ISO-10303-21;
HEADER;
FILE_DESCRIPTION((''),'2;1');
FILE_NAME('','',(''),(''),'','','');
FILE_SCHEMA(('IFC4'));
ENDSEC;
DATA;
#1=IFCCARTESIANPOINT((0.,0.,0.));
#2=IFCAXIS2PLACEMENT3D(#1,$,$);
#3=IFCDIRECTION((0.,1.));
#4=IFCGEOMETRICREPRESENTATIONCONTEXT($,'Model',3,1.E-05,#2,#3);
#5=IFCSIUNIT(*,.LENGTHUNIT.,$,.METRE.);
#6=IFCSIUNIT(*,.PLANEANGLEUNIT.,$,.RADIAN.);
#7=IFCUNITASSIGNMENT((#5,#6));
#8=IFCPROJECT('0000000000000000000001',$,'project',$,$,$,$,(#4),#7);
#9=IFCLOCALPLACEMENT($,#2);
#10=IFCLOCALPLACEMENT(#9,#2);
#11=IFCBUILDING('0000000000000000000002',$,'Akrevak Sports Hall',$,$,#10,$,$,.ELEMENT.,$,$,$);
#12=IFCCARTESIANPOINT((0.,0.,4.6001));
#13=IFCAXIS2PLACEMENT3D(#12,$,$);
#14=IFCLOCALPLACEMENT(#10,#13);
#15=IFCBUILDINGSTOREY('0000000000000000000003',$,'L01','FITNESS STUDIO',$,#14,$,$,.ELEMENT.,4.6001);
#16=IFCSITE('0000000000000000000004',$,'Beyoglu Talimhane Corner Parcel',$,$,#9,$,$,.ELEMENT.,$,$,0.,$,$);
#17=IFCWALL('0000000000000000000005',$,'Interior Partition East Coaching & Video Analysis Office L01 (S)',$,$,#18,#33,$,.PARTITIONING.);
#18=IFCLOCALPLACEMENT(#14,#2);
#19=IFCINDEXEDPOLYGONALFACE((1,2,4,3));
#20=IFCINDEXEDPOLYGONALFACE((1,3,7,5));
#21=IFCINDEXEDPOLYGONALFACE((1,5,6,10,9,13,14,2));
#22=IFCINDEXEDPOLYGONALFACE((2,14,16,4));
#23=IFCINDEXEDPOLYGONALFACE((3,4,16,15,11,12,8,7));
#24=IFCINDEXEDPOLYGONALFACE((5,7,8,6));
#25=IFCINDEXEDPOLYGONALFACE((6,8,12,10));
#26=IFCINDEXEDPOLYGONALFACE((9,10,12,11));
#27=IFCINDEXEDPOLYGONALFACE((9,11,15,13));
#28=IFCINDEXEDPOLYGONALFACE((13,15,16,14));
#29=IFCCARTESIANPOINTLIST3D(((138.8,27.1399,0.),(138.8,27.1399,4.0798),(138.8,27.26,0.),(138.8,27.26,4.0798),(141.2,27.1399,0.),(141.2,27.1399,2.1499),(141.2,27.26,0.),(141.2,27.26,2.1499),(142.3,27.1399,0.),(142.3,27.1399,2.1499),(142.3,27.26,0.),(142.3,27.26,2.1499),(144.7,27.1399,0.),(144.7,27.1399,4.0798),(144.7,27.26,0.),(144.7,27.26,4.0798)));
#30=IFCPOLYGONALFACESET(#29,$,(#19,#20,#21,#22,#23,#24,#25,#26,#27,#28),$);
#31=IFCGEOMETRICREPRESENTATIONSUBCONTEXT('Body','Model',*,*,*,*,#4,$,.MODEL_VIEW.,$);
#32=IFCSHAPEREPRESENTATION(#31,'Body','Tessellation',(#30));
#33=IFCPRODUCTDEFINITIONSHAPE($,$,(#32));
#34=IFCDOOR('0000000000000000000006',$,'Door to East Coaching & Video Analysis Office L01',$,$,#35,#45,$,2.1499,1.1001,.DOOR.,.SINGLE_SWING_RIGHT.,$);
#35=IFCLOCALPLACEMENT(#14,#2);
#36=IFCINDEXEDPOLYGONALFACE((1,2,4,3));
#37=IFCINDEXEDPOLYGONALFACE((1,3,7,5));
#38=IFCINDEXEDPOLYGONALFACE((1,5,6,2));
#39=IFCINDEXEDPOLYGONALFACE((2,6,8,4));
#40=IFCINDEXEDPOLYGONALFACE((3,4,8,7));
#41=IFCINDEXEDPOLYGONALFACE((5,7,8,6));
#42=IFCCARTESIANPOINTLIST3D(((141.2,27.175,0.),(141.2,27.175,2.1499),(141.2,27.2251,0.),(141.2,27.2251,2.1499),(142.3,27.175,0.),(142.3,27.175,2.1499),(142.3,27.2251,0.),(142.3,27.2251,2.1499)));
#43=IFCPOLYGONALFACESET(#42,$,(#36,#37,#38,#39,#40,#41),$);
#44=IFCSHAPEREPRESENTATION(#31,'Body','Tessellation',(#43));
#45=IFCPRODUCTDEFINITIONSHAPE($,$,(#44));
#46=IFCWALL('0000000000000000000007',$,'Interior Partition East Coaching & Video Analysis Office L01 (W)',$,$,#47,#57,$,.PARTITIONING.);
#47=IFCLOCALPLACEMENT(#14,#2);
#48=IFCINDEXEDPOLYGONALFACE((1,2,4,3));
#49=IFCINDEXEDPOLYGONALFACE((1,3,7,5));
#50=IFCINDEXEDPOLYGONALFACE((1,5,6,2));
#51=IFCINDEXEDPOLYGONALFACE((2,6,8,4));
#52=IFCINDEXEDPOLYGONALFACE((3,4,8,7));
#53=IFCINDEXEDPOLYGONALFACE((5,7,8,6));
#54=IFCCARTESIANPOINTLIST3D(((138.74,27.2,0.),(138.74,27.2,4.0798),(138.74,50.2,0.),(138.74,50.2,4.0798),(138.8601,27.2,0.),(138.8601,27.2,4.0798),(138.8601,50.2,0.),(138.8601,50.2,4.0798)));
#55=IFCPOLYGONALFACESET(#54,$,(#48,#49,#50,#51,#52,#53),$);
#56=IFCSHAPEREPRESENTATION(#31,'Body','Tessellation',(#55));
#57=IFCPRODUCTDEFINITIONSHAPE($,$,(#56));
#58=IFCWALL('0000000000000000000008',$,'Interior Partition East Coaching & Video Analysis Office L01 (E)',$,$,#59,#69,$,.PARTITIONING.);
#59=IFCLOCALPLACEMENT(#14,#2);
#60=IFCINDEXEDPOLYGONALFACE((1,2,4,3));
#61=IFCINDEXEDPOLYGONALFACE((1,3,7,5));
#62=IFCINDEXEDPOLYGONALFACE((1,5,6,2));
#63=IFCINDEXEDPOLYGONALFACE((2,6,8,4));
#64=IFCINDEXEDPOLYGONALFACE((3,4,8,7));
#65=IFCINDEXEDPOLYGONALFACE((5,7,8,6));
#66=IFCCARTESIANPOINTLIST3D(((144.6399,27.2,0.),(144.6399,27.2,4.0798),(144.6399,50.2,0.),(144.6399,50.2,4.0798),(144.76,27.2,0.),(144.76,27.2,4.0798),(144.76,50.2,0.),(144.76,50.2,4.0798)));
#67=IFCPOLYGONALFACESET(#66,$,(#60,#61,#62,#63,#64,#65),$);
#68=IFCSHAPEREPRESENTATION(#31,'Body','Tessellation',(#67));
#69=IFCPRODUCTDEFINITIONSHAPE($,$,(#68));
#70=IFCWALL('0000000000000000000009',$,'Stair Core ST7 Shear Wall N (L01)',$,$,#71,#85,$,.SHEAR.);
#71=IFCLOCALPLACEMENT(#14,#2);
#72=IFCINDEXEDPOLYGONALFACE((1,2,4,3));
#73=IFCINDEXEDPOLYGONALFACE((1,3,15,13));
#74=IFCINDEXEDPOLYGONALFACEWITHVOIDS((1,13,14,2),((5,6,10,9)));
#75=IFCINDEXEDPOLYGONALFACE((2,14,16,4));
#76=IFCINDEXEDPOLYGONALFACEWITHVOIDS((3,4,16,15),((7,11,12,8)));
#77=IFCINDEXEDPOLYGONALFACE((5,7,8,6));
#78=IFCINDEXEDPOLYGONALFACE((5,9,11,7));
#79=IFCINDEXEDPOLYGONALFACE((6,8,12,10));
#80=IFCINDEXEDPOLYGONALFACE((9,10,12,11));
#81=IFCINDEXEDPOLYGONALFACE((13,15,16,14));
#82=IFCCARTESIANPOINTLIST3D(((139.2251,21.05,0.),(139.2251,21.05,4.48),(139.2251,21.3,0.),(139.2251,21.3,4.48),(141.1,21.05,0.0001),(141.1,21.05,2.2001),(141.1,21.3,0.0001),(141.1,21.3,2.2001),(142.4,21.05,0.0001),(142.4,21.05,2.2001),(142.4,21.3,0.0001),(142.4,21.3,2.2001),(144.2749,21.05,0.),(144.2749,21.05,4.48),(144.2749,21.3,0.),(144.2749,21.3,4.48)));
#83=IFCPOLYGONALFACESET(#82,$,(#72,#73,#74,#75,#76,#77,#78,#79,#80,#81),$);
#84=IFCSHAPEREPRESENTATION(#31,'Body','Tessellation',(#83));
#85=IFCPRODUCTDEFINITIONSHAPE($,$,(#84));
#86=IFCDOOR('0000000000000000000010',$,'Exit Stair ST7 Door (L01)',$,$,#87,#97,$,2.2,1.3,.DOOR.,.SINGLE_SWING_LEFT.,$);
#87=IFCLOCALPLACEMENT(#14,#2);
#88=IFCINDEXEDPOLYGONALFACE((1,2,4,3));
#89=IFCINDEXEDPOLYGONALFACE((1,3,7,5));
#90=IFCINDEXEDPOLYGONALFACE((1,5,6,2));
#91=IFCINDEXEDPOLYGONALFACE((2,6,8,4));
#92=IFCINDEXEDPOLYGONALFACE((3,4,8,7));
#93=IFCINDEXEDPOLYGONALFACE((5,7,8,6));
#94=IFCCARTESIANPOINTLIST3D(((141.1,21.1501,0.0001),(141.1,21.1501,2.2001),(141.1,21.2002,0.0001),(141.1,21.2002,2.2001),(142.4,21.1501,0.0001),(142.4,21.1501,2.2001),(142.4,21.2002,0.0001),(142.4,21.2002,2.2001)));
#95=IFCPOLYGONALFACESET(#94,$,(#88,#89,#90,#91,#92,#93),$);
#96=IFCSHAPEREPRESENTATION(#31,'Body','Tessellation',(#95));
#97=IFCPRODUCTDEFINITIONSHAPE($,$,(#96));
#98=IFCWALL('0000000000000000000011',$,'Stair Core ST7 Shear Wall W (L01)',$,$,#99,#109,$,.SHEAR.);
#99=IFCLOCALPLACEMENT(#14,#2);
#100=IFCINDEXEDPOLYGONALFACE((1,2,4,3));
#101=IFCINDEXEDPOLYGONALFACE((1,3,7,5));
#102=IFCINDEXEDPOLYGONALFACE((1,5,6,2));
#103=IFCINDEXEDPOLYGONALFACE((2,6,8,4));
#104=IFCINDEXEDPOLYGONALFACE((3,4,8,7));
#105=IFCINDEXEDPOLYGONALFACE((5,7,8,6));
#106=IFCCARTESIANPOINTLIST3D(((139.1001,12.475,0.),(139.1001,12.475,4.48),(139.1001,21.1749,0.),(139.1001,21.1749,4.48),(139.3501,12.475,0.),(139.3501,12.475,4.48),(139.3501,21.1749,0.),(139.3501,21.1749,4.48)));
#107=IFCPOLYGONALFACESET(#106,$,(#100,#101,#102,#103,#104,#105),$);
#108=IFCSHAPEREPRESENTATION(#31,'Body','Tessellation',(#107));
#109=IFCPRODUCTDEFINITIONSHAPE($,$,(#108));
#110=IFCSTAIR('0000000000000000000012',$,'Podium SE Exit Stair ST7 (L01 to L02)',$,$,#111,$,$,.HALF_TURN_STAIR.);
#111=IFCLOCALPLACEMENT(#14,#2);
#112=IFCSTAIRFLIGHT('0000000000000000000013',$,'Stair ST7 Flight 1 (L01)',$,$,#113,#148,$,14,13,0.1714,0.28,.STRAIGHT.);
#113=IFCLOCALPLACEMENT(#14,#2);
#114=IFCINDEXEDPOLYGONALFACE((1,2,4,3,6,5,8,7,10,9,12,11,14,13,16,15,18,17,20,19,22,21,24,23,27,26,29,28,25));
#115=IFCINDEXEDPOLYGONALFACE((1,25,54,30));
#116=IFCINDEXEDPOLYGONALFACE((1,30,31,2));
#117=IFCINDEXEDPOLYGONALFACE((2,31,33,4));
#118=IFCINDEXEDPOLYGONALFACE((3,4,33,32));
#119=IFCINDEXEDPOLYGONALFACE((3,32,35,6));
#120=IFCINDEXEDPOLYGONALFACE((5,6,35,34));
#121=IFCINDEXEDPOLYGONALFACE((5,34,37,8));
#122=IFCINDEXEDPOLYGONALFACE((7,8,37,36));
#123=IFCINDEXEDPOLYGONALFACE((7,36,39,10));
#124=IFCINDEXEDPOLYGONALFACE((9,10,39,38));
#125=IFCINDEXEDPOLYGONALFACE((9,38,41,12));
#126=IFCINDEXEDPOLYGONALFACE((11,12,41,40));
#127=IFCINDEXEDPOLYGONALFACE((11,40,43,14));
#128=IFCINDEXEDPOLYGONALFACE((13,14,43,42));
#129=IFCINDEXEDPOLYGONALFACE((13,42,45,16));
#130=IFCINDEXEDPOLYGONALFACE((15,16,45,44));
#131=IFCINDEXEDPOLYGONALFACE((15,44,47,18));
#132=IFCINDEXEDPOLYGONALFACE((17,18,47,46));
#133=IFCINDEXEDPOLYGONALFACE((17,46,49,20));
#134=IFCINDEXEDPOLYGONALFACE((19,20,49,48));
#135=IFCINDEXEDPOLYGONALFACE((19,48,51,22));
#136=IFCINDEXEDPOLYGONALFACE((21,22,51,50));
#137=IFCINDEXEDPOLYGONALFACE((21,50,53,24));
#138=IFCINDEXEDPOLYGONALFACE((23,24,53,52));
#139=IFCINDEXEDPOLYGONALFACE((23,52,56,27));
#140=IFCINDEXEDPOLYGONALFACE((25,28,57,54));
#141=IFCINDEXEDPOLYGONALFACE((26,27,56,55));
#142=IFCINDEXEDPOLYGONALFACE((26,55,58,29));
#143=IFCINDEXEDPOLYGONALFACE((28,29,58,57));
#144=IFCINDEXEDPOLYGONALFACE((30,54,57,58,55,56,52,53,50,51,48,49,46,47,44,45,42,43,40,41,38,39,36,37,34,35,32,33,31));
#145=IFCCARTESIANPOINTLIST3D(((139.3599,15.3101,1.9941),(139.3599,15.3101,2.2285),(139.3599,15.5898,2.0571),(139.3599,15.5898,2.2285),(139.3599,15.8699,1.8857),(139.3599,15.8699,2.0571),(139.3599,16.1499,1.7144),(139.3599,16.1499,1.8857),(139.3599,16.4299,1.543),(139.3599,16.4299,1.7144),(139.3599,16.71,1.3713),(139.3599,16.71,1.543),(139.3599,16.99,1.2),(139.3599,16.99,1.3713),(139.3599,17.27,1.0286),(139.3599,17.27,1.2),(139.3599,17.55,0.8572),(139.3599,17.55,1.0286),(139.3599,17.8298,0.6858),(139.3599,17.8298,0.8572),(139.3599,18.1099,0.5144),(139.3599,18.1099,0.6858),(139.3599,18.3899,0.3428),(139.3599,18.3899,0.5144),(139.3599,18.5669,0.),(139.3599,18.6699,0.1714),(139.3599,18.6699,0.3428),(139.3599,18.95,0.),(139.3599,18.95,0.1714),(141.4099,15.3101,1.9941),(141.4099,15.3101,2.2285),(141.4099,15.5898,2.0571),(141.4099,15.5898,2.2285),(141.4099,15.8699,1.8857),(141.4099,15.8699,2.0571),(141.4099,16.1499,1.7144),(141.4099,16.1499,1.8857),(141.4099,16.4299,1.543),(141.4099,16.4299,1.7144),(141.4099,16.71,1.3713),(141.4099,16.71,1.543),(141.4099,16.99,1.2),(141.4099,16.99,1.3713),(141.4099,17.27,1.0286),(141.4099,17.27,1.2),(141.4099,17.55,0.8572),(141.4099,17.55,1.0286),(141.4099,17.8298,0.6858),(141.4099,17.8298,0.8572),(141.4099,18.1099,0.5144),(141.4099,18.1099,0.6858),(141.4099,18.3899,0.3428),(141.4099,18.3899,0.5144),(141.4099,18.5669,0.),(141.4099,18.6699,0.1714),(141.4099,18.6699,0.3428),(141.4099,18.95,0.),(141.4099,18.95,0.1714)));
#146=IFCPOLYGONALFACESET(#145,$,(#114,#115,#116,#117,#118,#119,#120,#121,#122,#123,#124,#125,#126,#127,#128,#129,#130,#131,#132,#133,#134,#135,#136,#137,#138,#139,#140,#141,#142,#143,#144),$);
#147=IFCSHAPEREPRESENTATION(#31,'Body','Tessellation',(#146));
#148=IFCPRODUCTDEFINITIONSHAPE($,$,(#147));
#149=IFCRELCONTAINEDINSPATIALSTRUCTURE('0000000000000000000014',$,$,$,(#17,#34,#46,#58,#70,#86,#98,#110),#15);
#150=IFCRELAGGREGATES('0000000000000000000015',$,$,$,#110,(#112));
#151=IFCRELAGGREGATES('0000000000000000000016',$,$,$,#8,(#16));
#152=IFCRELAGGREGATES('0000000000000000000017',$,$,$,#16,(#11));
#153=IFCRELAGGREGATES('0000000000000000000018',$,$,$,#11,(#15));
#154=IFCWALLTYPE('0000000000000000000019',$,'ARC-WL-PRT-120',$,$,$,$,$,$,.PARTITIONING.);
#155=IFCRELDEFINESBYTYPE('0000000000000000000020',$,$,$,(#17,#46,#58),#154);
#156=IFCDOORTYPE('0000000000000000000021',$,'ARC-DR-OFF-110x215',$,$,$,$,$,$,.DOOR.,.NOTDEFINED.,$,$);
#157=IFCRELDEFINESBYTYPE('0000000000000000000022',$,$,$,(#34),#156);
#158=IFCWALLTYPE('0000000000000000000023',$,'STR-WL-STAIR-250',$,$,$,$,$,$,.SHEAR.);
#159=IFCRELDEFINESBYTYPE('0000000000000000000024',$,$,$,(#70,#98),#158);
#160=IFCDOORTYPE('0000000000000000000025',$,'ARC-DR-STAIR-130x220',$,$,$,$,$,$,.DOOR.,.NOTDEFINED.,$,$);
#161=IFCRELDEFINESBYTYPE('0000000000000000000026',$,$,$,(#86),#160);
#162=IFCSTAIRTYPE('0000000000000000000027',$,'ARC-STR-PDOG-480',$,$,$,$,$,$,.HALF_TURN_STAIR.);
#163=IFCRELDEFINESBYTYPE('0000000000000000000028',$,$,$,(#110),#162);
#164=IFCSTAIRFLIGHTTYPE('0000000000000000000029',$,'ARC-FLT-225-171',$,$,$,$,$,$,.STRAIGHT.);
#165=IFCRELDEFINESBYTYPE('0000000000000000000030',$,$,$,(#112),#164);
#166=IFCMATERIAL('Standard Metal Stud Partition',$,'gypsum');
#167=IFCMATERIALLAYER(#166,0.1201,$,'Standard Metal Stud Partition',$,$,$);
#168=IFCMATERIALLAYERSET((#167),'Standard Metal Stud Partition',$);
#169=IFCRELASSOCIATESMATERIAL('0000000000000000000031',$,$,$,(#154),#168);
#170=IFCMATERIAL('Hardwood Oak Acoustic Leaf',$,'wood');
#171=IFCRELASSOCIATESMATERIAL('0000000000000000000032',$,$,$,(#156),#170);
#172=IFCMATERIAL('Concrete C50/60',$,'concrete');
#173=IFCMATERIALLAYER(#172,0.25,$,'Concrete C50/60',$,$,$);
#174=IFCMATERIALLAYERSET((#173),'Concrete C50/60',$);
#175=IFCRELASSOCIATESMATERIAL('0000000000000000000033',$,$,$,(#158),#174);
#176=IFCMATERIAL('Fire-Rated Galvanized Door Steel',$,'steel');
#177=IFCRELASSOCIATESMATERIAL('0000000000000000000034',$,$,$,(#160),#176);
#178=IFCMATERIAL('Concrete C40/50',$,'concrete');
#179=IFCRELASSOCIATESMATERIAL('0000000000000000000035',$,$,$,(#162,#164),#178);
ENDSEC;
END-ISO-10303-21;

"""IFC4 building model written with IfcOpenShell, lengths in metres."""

from ifc_helpers import new_model, si_unit, direction, frame, frame_2d, origin, place, context, subcontext, project, spatial, polyline, rectangle, outline, extrude, material, layer, layer_set, type_object, element, fill, aggregate, save


model = new_model("IFC4")

# Units and contexts
model_context = context("Model", 3, precision=1e-05, world=origin(), true_north=direction((0.0, 1.0)))
body_context = subcontext(model_context, "Body", "Model", "MODEL_VIEW")
ifc_project = project(units=[si_unit("LENGTHUNIT", "METRE"), si_unit("PLANEANGLEUNIT", "RADIAN")], contexts=[model_context])

# Site, building, storey
site_placement = place(None, origin())
site = spatial("IfcSite", under=ifc_project, at=site_placement, Name="Beyoglu Talimhane Corner Parcel", CompositionType="ELEMENT", RefElevation=0.0)
building_placement = place(site_placement, origin())
building = spatial("IfcBuilding", under=site, at=building_placement, Name="Akrevak Sports Hall", CompositionType="ELEMENT")
storey_placement = place(building_placement, frame((0.0, 0.0, 4.6001)))
storey = spatial("IfcBuildingStorey", under=building, at=storey_placement, Name="L01", Description="FITNESS STUDIO", CompositionType="ELEMENT", Elevation=4.6001)

# Shared definitions
ifc_material_1 = material(Name="Concrete C40/50", Category="concrete")

# Shared definitions
ifc_material_2 = material(Name="Concrete C50/60", Category="concrete")

# Shared definitions
ifc_material_3 = material(Name="Hardwood Oak Acoustic Leaf", Category="wood")

# Wall, opening, door
ifc_material_4 = material(Name="Standard Metal Stud Partition", Category="gypsum")
ifc_layer_1 = layer(ifc_material_4, 0.1201, Name="Standard Metal Stud Partition")
ifc_layer_set_1 = layer_set([ifc_layer_1], Name="Standard Metal Stud Partition")
wall_type_1 = type_object("IfcWallType", Name="ARC-WL-PRT-120", PredefinedType="PARTITIONING", material=ifc_layer_set_1)
wall_1_placement = place(storey_placement, frame((138.8, 27.2, 0.0), z_axis=(0.0, 0.0, 1.0), x_axis=(1.0, 0.0, 0.0)))
wall_1 = element("IfcWall", 1, at=wall_1_placement, inside=storey, type_object=wall_type_1, Name="Interior Partition East Coaching & Video Analysis Office L01 (S)", PredefinedType="PARTITIONING", context=body_context, shape_type="SweptSolid", body=[
    extrude(rectangle(XDim=5.8999, YDim=0.1201, at=frame_2d((2.95, 0.0))), origin(), (0.0, 0.0, 1.0), 4.0798),
])
opening_1_placement = place(wall_1_placement, frame((2.3999, 0.0, 0.0)))
opening_1 = element("IfcOpeningElement", 2, at=opening_1_placement, cuts=wall_1, PredefinedType="OPENING", context=body_context, shape_type="SweptSolid", body=[
    extrude(rectangle(XDim=1.1001, YDim=2.1499, at=frame_2d((0.55, 1.075))), frame((0.0, 0.072, 0.0), z_axis=(0.0, -1.0, 0.0), x_axis=(1.0, 0.0, 0.0)), (0.0, 0.0, 1.0), 0.144),
])
door_type_1 = type_object("IfcDoorType", Name="ARC-DR-OFF-110x215", OperationType="NOTDEFINED", PredefinedType="DOOR", material=ifc_material_3)
door_1_placement = place(opening_1_placement, frame((1.1001, 0.0, 0.0), z_axis=(0.0, 0.0, 1.0), x_axis=(-1.0, 0.0, 0.0)))
door_1 = element("IfcDoor", 3, at=door_1_placement, inside=storey, type_object=door_type_1, Name="Door to East Coaching & Video Analysis Office L01", OperationType="SINGLE_SWING_RIGHT", OverallHeight=2.1499, OverallWidth=1.1001, PredefinedType="DOOR", context=body_context, shape_type="SweptSolid", body=[
    extrude(rectangle(XDim=1.1001, YDim=2.1499, at=frame_2d((0.55, 1.075))), frame((0.0, 0.0249, 0.0), z_axis=(0.0, -1.0, 0.0), x_axis=(1.0, 0.0, 0.0)), (0.0, 0.0, 1.0), 0.05),
])
fill(opening_1, door_1)

# Walls
for number, where, z_axis, x_axis, name in (
    (4, (138.8, 27.2, 0.0), (0.0, 0.0, 1.0), (0.0, 1.0, 0.0), "Interior Partition East Coaching & Video Analysis Office L01 (W)"),
    (5, (144.7, 27.2, 0.0), (0.0, 0.0, 1.0), (0.0, 1.0, 0.0), "Interior Partition East Coaching & Video Analysis Office L01 (E)"),
):
    element("IfcWall", number, at=place(storey_placement, frame(where, z_axis=z_axis, x_axis=x_axis)), inside=storey, type_object=wall_type_1, Name=name, PredefinedType="PARTITIONING", context=body_context, shape_type="SweptSolid", body=[
        extrude(rectangle(XDim=23.0, YDim=0.1201, at=frame_2d((11.5, 0.0))), origin(), (0.0, 0.0, 1.0), 4.0798),
    ])

# Wall, opening, door
ifc_layer_2 = layer(ifc_material_2, 0.25, Name="Concrete C50/60")
ifc_layer_set_2 = layer_set([ifc_layer_2], Name="Concrete C50/60")
wall_type_2 = type_object("IfcWallType", Name="STR-WL-STAIR-250", PredefinedType="SHEAR", material=ifc_layer_set_2)
wall_2_placement = place(storey_placement, frame((144.2749, 21.175, 0.0), z_axis=(0.0, 0.0, 1.0), x_axis=(-1.0, 0.0, 0.0)))
wall_2 = element("IfcWall", 6, at=wall_2_placement, inside=storey, type_object=wall_type_2, Name="Stair Core ST7 Shear Wall N (L01)", PredefinedType="SHEAR", context=body_context, shape_type="SweptSolid", body=[
    extrude(rectangle(XDim=5.0498, YDim=0.25, at=frame_2d((2.5249, 0.0))), origin(), (0.0, 0.0, 1.0), 4.48),
])
opening_2_placement = place(wall_2_placement, frame((1.875, 0.0, 0.0)))
opening_2 = element("IfcOpeningElement", 7, at=opening_2_placement, cuts=wall_2, PredefinedType="OPENING", context=body_context, shape_type="SweptSolid", body=[
    extrude(rectangle(XDim=1.3, YDim=2.2, at=frame_2d((0.6499, 1.1001))), frame((0.0, 0.137, 0.0), z_axis=(0.0, -1.0, 0.0), x_axis=(1.0, 0.0, 0.0)), (0.0, 0.0, 1.0), 0.2739),
])
ifc_material_5 = material(Name="Fire-Rated Galvanized Door Steel", Category="steel")
door_type_2 = type_object("IfcDoorType", Name="ARC-DR-STAIR-130x220", OperationType="NOTDEFINED", PredefinedType="DOOR", material=ifc_material_5)
door_2_placement = place(opening_2_placement, origin())
door_2 = element("IfcDoor", 8, at=door_2_placement, inside=storey, type_object=door_type_2, Name="Exit Stair ST7 Door (L01)", OperationType="SINGLE_SWING_LEFT", OverallHeight=2.2, OverallWidth=1.3, PredefinedType="DOOR", context=body_context, shape_type="SweptSolid", body=[
    extrude(rectangle(XDim=1.3, YDim=2.2, at=frame_2d((0.6499, 1.1001))), frame((0.0, 0.0249, 0.0), z_axis=(0.0, -1.0, 0.0), x_axis=(1.0, 0.0, 0.0)), (0.0, 0.0, 1.0), 0.05),
])
fill(opening_2, door_2)

# Wall
wall_3_placement = place(storey_placement, frame((139.2251, 21.175, 0.0), z_axis=(0.0, 0.0, 1.0), x_axis=(0.0, -1.0, 0.0)))
element("IfcWall", 9, at=wall_3_placement, inside=storey, type_object=wall_type_2, Name="Stair Core ST7 Shear Wall W (L01)", PredefinedType="SHEAR", context=body_context, shape_type="SweptSolid", body=[
    extrude(rectangle(XDim=8.7, YDim=0.25, at=frame_2d((4.3501, 0.0))), origin(), (0.0, 0.0, 1.0), 4.48),
])

# Stair, stair flight
stair_type = type_object("IfcStairType", Name="ARC-STR-PDOG-480", PredefinedType="HALF_TURN_STAIR", material=ifc_material_1)
stair_placement = place(storey_placement, origin())
stair = element("IfcStair", 10, at=stair_placement, inside=storey, type_object=stair_type, Name="Podium SE Exit Stair ST7 (L01 to L02)", PredefinedType="HALF_TURN_STAIR")
stair_flight_type = type_object("IfcStairFlightType", Name="ARC-FLT-225-171", PredefinedType="STRAIGHT", material=ifc_material_1)
stair_flight_1_placement = place(storey_placement, frame((140.385, 18.95, 0.0), z_axis=(0.0, 0.0, 1.0), x_axis=(0.0, -1.0, 0.0)))
stair_flight_1 = element("IfcStairFlight", 11, at=stair_flight_1_placement, type_object=stair_flight_type, Name="Stair ST7 Flight 1 (L01)", NumberOfRisers=14, NumberOfTreads=13, PredefinedType="STRAIGHT", RiserHeight=0.1714, TreadLength=0.28, context=body_context, shape_type="SweptSolid", body=[
    extrude(outline(polyline([(0.0, 0.0), (0.0, 0.1714), (0.28, 0.1714), (0.28, 0.3428), (0.5601, 0.3428), (0.5601, 0.5144), (0.8401, 0.5144), (0.8401, 0.6858), (1.1201, 0.6858), (1.1201, 0.8572), (1.3999, 0.8572), (1.3999, 1.0286), (1.6799, 1.0286), (1.6799, 1.2), (1.96, 1.2), (1.96, 1.3713), (2.24, 1.3713), (2.24, 1.543), (2.52, 1.543), (2.52, 1.7144), (2.8, 1.7144), (2.8, 1.8857), (3.0801, 1.8857), (3.0801, 2.0571), (3.3601, 2.0571), (3.3601, 2.2285), (3.6399, 2.2285), (3.6399, 2.3999), (3.6399, 1.9941), (0.3831, 0.0), (0.0, 0.0)])), frame((0.0, 1.0249, 0.0), z_axis=(0.0, -1.0, 0.0), x_axis=(1.0, 0.0, 0.0)), (0.0, 0.0, 1.0), 2.05),
])
aggregate(stair, [stair_flight_1])

save(model, "model.ifc")
